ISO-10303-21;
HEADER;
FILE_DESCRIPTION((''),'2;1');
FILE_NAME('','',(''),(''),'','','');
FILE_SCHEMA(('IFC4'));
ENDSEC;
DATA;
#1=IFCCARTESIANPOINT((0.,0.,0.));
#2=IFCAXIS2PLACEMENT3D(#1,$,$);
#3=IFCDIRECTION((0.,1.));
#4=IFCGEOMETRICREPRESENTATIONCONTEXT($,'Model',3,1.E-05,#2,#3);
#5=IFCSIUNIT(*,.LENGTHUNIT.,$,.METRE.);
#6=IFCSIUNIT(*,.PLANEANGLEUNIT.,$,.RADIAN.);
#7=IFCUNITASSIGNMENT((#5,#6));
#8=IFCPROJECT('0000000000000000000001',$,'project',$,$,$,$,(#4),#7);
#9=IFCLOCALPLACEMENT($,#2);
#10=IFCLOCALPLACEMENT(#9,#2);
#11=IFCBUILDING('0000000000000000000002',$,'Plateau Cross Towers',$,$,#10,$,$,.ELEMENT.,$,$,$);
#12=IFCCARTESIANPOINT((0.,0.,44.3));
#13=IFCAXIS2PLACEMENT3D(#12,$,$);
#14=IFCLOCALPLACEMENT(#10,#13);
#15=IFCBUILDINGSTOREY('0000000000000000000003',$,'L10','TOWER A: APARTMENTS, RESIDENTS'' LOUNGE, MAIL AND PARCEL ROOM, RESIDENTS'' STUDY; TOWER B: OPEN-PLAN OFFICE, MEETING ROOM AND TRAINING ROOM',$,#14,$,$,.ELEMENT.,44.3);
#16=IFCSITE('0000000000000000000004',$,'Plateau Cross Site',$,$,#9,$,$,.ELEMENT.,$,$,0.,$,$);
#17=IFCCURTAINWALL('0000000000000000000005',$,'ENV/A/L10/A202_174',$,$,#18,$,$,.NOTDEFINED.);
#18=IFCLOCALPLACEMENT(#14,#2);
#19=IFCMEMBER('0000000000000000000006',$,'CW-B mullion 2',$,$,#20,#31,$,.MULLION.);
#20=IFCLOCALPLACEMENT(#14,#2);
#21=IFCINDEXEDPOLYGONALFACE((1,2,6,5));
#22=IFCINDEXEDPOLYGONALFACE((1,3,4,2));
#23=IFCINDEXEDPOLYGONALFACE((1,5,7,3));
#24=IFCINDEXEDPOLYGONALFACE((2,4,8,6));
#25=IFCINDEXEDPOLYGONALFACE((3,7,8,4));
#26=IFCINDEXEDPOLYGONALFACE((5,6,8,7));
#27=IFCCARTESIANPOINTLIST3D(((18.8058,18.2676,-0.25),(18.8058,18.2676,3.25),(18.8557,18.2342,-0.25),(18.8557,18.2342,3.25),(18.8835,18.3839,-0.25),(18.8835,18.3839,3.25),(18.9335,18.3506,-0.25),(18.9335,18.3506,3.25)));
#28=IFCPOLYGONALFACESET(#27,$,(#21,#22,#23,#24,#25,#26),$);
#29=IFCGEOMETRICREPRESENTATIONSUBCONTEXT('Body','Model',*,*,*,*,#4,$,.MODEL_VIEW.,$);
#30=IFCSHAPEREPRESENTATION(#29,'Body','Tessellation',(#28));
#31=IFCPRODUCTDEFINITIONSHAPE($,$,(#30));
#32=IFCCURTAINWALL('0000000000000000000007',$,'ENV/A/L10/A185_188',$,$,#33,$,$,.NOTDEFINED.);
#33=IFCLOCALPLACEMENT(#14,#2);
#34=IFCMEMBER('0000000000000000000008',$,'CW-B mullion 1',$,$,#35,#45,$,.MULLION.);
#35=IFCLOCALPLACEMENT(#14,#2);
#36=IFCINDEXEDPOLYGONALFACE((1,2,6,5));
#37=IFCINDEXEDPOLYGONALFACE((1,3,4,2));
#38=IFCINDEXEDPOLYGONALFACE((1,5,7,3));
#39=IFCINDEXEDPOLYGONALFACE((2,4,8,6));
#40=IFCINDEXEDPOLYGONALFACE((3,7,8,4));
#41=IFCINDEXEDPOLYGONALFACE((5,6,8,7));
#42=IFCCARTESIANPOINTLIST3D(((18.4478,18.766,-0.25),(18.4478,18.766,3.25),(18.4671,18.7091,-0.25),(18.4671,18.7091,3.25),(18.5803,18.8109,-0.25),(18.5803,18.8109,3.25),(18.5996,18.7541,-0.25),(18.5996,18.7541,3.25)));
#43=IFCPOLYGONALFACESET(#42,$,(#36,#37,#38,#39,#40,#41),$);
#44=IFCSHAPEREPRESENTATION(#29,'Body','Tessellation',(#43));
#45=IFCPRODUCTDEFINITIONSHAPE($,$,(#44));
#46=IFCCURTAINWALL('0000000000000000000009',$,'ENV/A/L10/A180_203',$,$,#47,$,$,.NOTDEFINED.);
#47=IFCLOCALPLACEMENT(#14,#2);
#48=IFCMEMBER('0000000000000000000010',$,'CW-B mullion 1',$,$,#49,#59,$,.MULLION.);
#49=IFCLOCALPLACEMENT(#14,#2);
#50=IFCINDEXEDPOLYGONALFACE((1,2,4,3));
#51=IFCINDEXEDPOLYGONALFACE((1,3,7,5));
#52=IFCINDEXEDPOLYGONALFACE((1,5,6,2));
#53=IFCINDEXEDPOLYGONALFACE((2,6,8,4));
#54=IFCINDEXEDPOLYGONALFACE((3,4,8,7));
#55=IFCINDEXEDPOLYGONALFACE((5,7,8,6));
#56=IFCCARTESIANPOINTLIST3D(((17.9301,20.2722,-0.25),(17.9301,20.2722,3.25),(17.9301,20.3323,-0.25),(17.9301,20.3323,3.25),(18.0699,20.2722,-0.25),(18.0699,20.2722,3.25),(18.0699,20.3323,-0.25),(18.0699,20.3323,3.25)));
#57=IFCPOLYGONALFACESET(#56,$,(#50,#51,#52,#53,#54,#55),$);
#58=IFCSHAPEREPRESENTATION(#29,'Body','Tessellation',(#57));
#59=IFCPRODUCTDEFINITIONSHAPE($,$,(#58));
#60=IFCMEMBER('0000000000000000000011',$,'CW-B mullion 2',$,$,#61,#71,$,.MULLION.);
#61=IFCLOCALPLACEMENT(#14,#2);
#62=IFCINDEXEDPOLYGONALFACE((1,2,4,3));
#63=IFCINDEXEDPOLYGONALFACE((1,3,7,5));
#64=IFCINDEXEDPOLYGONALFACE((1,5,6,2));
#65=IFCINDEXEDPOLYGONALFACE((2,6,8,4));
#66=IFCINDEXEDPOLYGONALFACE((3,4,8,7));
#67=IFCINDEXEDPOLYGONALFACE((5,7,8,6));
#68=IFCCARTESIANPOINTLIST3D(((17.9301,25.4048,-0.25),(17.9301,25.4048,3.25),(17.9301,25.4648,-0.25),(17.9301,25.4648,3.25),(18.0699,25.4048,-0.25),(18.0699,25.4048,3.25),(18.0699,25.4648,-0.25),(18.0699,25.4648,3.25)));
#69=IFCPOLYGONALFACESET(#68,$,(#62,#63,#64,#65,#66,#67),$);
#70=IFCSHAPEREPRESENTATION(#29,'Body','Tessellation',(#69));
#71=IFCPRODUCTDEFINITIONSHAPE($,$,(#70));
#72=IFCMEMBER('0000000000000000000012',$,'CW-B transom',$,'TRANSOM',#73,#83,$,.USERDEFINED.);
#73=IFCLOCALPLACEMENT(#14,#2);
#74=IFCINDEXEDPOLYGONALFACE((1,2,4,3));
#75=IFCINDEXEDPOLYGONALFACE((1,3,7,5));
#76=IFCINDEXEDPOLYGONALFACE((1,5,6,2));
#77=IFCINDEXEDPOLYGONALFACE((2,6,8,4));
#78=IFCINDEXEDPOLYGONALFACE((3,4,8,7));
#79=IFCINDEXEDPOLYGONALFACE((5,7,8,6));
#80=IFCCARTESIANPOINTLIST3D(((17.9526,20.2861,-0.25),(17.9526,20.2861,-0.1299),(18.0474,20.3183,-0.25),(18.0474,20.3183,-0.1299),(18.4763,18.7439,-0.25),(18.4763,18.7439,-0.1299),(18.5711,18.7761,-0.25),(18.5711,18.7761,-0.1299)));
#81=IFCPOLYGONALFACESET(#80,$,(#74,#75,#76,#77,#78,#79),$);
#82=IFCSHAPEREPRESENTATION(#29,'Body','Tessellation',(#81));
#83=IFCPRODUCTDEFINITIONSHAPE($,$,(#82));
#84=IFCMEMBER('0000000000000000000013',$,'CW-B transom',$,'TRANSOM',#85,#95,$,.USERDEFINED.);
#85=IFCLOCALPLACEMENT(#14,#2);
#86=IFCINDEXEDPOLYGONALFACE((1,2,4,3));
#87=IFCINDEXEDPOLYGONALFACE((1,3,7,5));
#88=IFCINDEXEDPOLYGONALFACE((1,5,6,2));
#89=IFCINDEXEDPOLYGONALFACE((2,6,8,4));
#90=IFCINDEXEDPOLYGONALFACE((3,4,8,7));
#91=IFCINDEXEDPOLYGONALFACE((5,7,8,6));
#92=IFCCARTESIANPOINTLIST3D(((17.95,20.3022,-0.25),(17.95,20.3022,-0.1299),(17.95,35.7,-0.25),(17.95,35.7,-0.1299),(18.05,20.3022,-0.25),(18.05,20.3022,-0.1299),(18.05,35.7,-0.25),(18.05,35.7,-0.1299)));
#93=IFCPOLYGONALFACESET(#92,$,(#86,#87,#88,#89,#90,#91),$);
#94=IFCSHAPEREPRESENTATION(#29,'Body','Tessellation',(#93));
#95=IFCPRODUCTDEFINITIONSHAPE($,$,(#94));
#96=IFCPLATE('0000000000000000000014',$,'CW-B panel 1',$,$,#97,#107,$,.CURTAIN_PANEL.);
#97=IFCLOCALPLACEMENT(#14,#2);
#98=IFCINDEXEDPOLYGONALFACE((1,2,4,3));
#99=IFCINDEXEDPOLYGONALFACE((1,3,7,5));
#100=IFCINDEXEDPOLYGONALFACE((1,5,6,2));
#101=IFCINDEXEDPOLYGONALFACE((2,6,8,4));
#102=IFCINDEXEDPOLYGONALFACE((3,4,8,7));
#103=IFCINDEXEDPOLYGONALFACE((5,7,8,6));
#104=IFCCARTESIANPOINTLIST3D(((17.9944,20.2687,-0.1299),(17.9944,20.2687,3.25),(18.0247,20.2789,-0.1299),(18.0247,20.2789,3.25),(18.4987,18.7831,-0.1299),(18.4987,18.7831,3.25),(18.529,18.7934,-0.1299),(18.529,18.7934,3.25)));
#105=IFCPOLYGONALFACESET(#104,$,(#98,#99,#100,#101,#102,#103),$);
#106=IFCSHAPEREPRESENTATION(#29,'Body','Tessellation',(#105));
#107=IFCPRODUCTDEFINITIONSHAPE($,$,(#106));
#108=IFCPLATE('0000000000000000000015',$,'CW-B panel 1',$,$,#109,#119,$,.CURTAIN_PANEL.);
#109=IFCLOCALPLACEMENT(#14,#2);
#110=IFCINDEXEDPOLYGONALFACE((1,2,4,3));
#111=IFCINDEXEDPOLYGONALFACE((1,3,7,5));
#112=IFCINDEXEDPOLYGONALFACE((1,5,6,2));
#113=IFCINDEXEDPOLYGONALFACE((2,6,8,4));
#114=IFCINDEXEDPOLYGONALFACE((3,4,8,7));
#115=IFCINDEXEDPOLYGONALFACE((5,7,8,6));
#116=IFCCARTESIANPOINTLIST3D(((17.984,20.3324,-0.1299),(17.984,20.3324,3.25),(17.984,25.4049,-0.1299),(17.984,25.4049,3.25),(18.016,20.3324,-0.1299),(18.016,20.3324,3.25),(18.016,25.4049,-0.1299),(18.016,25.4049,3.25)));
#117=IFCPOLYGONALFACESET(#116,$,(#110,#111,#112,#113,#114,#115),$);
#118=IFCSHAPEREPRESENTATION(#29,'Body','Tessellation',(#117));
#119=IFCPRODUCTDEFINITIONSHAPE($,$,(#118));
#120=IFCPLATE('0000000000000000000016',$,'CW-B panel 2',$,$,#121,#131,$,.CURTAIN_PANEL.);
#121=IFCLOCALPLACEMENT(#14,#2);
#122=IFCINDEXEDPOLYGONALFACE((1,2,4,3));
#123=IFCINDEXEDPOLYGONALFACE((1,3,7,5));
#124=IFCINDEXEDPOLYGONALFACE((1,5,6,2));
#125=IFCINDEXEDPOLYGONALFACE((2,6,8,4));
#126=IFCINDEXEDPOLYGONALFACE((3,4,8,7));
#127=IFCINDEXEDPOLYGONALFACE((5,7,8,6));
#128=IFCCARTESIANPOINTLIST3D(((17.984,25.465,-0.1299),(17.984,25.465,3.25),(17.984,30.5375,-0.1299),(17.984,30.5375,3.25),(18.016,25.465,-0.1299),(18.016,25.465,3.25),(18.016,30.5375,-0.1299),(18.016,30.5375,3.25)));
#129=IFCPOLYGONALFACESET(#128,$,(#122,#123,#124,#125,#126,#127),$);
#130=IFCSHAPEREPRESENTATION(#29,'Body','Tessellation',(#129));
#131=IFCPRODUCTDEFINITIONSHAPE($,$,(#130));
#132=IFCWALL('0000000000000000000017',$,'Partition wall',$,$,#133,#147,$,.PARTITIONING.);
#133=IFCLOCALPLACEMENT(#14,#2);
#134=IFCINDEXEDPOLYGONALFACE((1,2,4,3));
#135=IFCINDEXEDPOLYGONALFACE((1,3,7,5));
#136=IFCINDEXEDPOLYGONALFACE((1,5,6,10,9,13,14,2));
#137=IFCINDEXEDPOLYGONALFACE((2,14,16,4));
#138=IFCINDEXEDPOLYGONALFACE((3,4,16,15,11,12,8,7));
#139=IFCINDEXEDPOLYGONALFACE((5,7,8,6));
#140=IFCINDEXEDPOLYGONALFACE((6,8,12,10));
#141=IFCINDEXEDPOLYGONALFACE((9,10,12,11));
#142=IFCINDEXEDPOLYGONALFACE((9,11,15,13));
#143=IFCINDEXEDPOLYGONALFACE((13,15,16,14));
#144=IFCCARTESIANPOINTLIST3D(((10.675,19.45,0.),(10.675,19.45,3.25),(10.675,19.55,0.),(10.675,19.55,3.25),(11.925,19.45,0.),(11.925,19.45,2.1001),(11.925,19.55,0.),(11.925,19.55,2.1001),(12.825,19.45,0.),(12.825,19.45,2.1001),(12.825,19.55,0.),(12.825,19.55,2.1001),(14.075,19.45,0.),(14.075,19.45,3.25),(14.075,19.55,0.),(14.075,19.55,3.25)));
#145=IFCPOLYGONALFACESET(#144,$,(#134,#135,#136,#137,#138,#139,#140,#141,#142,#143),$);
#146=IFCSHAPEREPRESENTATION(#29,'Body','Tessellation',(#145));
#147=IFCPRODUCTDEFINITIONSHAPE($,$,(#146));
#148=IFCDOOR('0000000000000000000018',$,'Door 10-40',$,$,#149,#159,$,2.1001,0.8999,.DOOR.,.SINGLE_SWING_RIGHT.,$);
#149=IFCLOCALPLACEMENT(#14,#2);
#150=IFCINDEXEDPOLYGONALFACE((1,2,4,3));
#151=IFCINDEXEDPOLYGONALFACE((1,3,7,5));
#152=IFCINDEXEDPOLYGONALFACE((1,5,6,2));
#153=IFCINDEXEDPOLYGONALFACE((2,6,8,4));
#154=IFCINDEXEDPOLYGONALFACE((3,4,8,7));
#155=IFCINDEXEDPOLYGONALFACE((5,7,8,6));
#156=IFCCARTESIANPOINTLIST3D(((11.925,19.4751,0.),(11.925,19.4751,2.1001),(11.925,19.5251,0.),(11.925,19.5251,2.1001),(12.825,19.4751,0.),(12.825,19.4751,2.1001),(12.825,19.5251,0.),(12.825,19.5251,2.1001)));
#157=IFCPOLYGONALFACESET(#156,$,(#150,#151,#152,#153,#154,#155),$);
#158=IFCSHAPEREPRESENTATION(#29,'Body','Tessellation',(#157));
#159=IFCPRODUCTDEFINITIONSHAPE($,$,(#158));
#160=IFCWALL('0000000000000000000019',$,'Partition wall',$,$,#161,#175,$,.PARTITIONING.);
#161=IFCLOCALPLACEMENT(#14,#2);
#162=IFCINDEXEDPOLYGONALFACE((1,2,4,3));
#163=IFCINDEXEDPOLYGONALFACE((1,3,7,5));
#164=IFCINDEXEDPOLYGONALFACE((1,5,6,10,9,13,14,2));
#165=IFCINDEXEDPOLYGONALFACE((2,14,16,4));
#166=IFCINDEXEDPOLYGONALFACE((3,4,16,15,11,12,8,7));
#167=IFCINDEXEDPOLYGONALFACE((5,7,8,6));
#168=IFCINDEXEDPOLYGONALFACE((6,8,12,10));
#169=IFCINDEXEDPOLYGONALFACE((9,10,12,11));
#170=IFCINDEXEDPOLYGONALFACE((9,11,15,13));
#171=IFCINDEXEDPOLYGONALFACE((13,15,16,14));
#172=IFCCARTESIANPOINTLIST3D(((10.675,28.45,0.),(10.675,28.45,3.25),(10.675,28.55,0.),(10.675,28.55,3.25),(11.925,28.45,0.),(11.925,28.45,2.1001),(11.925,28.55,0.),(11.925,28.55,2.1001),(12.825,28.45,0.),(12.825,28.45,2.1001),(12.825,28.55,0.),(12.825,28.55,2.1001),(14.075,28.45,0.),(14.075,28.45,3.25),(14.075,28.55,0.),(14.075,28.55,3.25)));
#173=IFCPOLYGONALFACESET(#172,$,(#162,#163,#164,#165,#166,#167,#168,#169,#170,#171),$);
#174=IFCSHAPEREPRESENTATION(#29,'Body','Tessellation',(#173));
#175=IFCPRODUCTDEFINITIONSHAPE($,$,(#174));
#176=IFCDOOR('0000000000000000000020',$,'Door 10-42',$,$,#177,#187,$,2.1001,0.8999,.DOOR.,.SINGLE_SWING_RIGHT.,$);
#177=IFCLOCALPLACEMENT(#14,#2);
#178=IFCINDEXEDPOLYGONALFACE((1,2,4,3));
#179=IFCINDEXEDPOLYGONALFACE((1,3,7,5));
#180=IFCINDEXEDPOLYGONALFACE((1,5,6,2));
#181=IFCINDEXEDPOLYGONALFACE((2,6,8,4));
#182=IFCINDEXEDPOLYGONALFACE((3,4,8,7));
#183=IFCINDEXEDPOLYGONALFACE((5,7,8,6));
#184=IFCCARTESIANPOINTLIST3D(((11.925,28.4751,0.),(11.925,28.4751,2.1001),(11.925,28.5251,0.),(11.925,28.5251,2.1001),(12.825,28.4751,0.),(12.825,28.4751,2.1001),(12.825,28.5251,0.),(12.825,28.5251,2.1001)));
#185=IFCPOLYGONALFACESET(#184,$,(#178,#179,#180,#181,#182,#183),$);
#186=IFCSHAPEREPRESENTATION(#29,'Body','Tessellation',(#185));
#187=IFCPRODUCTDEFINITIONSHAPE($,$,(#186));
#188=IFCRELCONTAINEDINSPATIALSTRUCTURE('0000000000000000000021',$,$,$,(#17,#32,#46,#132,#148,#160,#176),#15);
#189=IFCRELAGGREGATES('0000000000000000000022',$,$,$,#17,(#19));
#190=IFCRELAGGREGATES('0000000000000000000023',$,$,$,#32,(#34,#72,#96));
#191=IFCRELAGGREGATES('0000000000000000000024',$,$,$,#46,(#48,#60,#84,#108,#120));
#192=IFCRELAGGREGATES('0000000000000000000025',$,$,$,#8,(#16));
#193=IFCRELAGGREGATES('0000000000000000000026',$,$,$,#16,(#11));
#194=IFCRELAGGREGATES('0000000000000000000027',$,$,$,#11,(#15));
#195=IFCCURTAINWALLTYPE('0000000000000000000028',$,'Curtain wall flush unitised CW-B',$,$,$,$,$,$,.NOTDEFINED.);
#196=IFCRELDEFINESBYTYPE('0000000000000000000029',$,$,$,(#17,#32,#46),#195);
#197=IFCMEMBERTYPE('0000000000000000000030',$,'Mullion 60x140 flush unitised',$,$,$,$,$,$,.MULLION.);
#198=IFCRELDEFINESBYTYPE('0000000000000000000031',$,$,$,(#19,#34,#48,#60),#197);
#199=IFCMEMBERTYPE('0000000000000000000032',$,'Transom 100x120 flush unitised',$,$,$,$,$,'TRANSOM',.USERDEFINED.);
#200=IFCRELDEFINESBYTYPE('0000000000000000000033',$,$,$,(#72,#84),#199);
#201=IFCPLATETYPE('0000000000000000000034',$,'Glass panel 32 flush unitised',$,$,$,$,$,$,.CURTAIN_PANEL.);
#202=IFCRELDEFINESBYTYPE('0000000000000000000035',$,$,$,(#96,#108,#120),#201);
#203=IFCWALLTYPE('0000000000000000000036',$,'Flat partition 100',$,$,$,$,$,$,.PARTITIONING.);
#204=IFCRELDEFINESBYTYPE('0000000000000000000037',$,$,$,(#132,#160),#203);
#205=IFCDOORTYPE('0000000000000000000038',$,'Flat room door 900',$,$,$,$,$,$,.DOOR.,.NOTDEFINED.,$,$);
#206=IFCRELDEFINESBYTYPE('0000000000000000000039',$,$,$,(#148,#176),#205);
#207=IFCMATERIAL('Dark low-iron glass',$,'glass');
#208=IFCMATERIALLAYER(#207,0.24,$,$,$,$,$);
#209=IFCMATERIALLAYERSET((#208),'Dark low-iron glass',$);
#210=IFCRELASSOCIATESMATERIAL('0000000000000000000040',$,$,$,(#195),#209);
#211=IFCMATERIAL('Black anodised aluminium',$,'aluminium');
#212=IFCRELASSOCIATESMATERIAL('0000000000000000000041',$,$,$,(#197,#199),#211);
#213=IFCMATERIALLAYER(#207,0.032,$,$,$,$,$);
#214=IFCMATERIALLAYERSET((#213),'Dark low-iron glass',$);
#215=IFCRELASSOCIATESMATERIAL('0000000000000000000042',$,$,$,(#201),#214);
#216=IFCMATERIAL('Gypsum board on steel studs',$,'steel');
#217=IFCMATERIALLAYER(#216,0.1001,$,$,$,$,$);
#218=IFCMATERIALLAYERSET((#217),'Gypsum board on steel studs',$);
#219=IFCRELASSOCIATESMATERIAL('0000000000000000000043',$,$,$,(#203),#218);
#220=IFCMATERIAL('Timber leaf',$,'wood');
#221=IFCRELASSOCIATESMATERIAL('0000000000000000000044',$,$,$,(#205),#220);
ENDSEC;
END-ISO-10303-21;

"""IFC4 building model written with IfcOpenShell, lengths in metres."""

from ifc_helpers import new_model, si_unit, direction, frame, frame_2d, origin, origin_2d, place, context, subcontext, project, spatial, rectangle, extrude, material, layer, layer_set, material_profile, profile_set, type_object, element, fill, aggregate, save


model = new_model("IFC4")

# Units and contexts
model_context = context("Model", 3, precision=1e-05, world=origin(), true_north=direction((0.0, 1.0)))
body_context = subcontext(model_context, "Body", "Model", "MODEL_VIEW")
ifc_project = project(units=[si_unit("LENGTHUNIT", "METRE"), si_unit("PLANEANGLEUNIT", "RADIAN")], contexts=[model_context])

# Site, building, storey
site_placement = place(None, origin())
site = spatial("IfcSite", under=ifc_project, at=site_placement, Name="Plateau Cross Site", CompositionType="ELEMENT", RefElevation=0.0)
building_placement = place(site_placement, origin())
building = spatial("IfcBuilding", under=site, at=building_placement, Name="Plateau Cross Towers", CompositionType="ELEMENT")
storey_placement = place(building_placement, frame((0.0, 0.0, 44.3)))
storey = spatial("IfcBuildingStorey", under=building, at=storey_placement, Name="L10", Description="TOWER A: APARTMENTS, RESIDENTS' LOUNGE, MAIL AND PARCEL ROOM, RESIDENTS' STUDY; TOWER B: OPEN-PLAN OFFICE, MEETING ROOM AND TRAINING ROOM", CompositionType="ELEMENT", Elevation=44.3)

# Curtain walls, members
ifc_material_1 = material(Name="Dark low-iron glass", Category="glass")
ifc_layer_1 = layer(ifc_material_1, 0.24)
ifc_layer_set_1 = layer_set([ifc_layer_1], Name="Dark low-iron glass")
curtain_wall_type = type_object("IfcCurtainWallType", Name="Curtain wall flush unitised CW-B", PredefinedType="NOTDEFINED", material=ifc_layer_set_1)
curtain_wall_1_placement = place(storey_placement, origin())
curtain_wall_1 = element("IfcCurtainWall", 1, at=curtain_wall_1_placement, inside=storey, type_object=curtain_wall_type, Name="ENV/A/L10/A202_174", PredefinedType="NOTDEFINED")
ifc_material_2 = material(Name="Black anodised aluminium", Category="aluminium")
ifc_material_profile_1 = material_profile(ifc_material_2, rectangle(XDim=0.0601, YDim=0.1399, at=origin_2d()), Name="MULLION 60x140")
ifc_profile_set_1 = profile_set([ifc_material_profile_1], Name="Black anodised aluminium")
member_type_1 = type_object("IfcMemberType", Name="Mullion 60x140 flush unitised", PredefinedType="MULLION", material=ifc_profile_set_1)
member_1_placement = place(storey_placement, frame((18.8696, 18.3091, -0.25), z_axis=(0.0, 0.0, 1.0), x_axis=(-0.831521, 0.555493, 0.0)))
member_1 = element("IfcMember", 2, at=member_1_placement, type_object=member_type_1, Name="CW-B mullion 2", PredefinedType="MULLION", context=body_context, shape_type="SweptSolid", body=[
    extrude(rectangle(XDim=0.0601, YDim=0.1399, at=origin_2d()), origin(), (0.0, 0.0, 1.0), 3.5),
])
aggregate(curtain_wall_1, [member_1])
curtain_wall_2_placement = place(storey_placement, origin())
curtain_wall_2 = element("IfcCurtainWall", 3, at=curtain_wall_2_placement, inside=storey, type_object=curtain_wall_type, Name="ENV/A/L10/A185_188", PredefinedType="NOTDEFINED")
member_2_placement = place(storey_placement, frame((18.5237, 18.76, -0.25), z_axis=(0.0, 0.0, 1.0), x_axis=(-0.321469, 0.94692, 0.0)))
member_2 = element("IfcMember", 4, at=member_2_placement, type_object=member_type_1, Name="CW-B mullion 1", PredefinedType="MULLION", context=body_context, shape_type="SweptSolid", body=[
    extrude(rectangle(XDim=0.0601, YDim=0.1399, at=origin_2d()), origin(), (0.0, 0.0, 1.0), 3.5),
])

# Curtain wall, members
curtain_wall_3_placement = place(storey_placement, origin())
curtain_wall_3 = element("IfcCurtainWall", 5, at=curtain_wall_3_placement, inside=storey, type_object=curtain_wall_type, Name="ENV/A/L10/A180_203", PredefinedType="NOTDEFINED")
member_3_placement = place(storey_placement, frame((18.0, 20.3022, -0.25), z_axis=(0.0, 0.0, 1.0), x_axis=(0.0, 1.0, 0.0)))
member_3 = element("IfcMember", 6, at=member_3_placement, type_object=member_type_1, Name="CW-B mullion 1", PredefinedType="MULLION", context=body_context, shape_type="SweptSolid", body=[
    extrude(rectangle(XDim=0.0601, YDim=0.1399, at=origin_2d()), origin(), (0.0, 0.0, 1.0), 3.5),
])
member_4_placement = place(storey_placement, frame((18.0, 25.4348, -0.25), z_axis=(0.0, 0.0, 1.0), x_axis=(0.0, 1.0, 0.0)))
member_4 = element("IfcMember", 7, at=member_4_placement, type_object=member_type_1, Name="CW-B mullion 2", PredefinedType="MULLION", context=body_context, shape_type="SweptSolid", body=[
    extrude(rectangle(XDim=0.0601, YDim=0.1399, at=origin_2d()), origin(), (0.0, 0.0, 1.0), 3.5),
])

# Members
ifc_material_profile_2 = material_profile(ifc_material_2, rectangle(XDim=0.1001, YDim=0.1201, at=origin_2d()), Name="TRANSOM 100x120")
ifc_profile_set_2 = profile_set([ifc_material_profile_2], Name="Black anodised aluminium")
member_type_2 = type_object("IfcMemberType", Name="Transom 100x120 flush unitised", ElementType="TRANSOM", PredefinedType="USERDEFINED", material=ifc_profile_set_2)
member_5_placement = place(storey_placement, frame((18.5237, 18.76, -0.1899), z_axis=(-0.321529, 0.9469, 0.0), x_axis=(-0.9469, -0.321529, 0.0)))
member_5 = element("IfcMember", 8, at=member_5_placement, type_object=member_type_2, Name="CW-B transom", ObjectType="TRANSOM", PredefinedType="USERDEFINED", context=body_context, shape_type="SweptSolid", body=[
    extrude(rectangle(XDim=0.1001, YDim=0.1201, at=origin_2d()), origin(), (0.0, 0.0, 1.0), 1.6287),
])
member_6_placement = place(storey_placement, frame((18.0, 20.3022, -0.1899), z_axis=(0.0, 1.0, 0.0), x_axis=(-1.0, 0.0, 0.0)))
member_6 = element("IfcMember", 9, at=member_6_placement, type_object=member_type_2, Name="CW-B transom", ObjectType="TRANSOM", PredefinedType="USERDEFINED", context=body_context, shape_type="SweptSolid", body=[
    extrude(rectangle(XDim=0.1001, YDim=0.1201, at=origin_2d()), origin(), (0.0, 0.0, 1.0), 15.3977),
])

# Plates
ifc_layer_2 = layer(ifc_material_1, 0.032)
ifc_layer_set_2 = layer_set([ifc_layer_2], Name="Dark low-iron glass")
plate_type = type_object("IfcPlateType", Name="Glass panel 32 flush unitised", PredefinedType="CURTAIN_PANEL", material=ifc_layer_set_2)
plate_1_placement = place(storey_placement, frame((18.2617, 19.531, -0.1299), z_axis=(0.0, 0.0, 1.0), x_axis=(-0.321469, 0.94692, 0.0)))
plate_1 = element("IfcPlate", 10, at=plate_1_placement, type_object=plate_type, Name="CW-B panel 1", PredefinedType="CURTAIN_PANEL", context=body_context, shape_type="SweptSolid", body=[
    extrude(rectangle(XDim=1.5688, YDim=0.032, at=origin_2d()), origin(), (0.0, 0.0, 1.0), 3.3799),
])
aggregate(curtain_wall_2, [member_2, member_5, plate_1])
plate_2_placement = place(storey_placement, frame((18.0, 22.8687, -0.1299), z_axis=(0.0, 0.0, 1.0), x_axis=(0.0, 1.0, 0.0)))
plate_2 = element("IfcPlate", 11, at=plate_2_placement, type_object=plate_type, Name="CW-B panel 1", PredefinedType="CURTAIN_PANEL", context=body_context, shape_type="SweptSolid", body=[
    extrude(rectangle(XDim=5.0725, YDim=0.032, at=origin_2d()), origin(), (0.0, 0.0, 1.0), 3.3799),
])
plate_3_placement = place(storey_placement, frame((18.0, 28.0012, -0.1299), z_axis=(0.0, 0.0, 1.0), x_axis=(0.0, 1.0, 0.0)))
plate_3 = element("IfcPlate", 12, at=plate_3_placement, type_object=plate_type, Name="CW-B panel 2", PredefinedType="CURTAIN_PANEL", context=body_context, shape_type="SweptSolid", body=[
    extrude(rectangle(XDim=5.0725, YDim=0.032, at=origin_2d()), origin(), (0.0, 0.0, 1.0), 3.3799),
])
aggregate(curtain_wall_3, [member_3, member_4, member_6, plate_2, plate_3])

# Walls, openings, doors
ifc_material_3 = material(Name="Gypsum board on steel studs", Category="steel")
ifc_layer_3 = layer(ifc_material_3, 0.1001)
ifc_layer_set_3 = layer_set([ifc_layer_3], Name="Gypsum board on steel studs")
wall_type_1 = type_object("IfcWallType", Name="Flat partition 100", PredefinedType="PARTITIONING", material=ifc_layer_set_3)
wall_1_placement = place(storey_placement, frame((14.075, 19.5, 0.0), z_axis=(0.0, 0.0, 1.0), x_axis=(-1.0, 0.0, 0.0)))
wall_1 = element("IfcWall", 13, at=wall_1_placement, inside=storey, type_object=wall_type_1, Name="Partition wall", PredefinedType="PARTITIONING", context=body_context, shape_type="SweptSolid", body=[
    extrude(rectangle(XDim=3.3999, YDim=0.1001, at=frame_2d((1.7, 0.0))), origin(), (0.0, 0.0, 1.0), 3.25),
])
opening_1_placement = place(wall_1_placement, frame((1.25, 0.0, 0.0)))
opening_1 = element("IfcOpeningElement", 14, at=opening_1_placement, cuts=wall_1, PredefinedType="OPENING", context=body_context, shape_type="SweptSolid", body=[
    extrude(rectangle(XDim=0.8999, YDim=2.1001, at=frame_2d((0.45, 1.05))), frame((0.0, 0.0601, 0.0), z_axis=(0.0, -1.0, 0.0), x_axis=(1.0, 0.0, 0.0)), (0.0, 0.0, 1.0), 0.1201),
])
ifc_material_4 = material(Name="Timber leaf", Category="wood")
door_type = type_object("IfcDoorType", Name="Flat room door 900", OperationType="NOTDEFINED", PredefinedType="DOOR", material=ifc_material_4)
door_1_placement = place(opening_1_placement, origin())
door_1 = element("IfcDoor", 15, at=door_1_placement, inside=storey, type_object=door_type, Name="Door 10-40", OperationType="SINGLE_SWING_RIGHT", OverallHeight=2.1001, OverallWidth=0.8999, PredefinedType="DOOR", context=body_context, shape_type="SweptSolid", body=[
    extrude(rectangle(XDim=0.8999, YDim=2.1001, at=frame_2d((0.45, 1.05))), frame((0.0, 0.0249, 0.0), z_axis=(0.0, -1.0, 0.0), x_axis=(1.0, 0.0, 0.0)), (0.0, 0.0, 1.0), 0.05),
])
fill(opening_1, door_1)
wall_2_placement = place(storey_placement, frame((14.075, 28.5, 0.0), z_axis=(0.0, 0.0, 1.0), x_axis=(-1.0, 0.0, 0.0)))
wall_2 = element("IfcWall", 16, at=wall_2_placement, inside=storey, type_object=wall_type_1, Name="Partition wall", PredefinedType="PARTITIONING", context=body_context, shape_type="SweptSolid", body=[
    extrude(rectangle(XDim=3.3999, YDim=0.1001, at=frame_2d((1.7, 0.0))), origin(), (0.0, 0.0, 1.0), 3.25),
])
opening_2_placement = place(wall_2_placement, frame((1.25, 0.0, 0.0)))
opening_2 = element("IfcOpeningElement", 17, at=opening_2_placement, cuts=wall_2, PredefinedType="OPENING", context=body_context, shape_type="SweptSolid", body=[
    extrude(rectangle(XDim=0.8999, YDim=2.1001, at=frame_2d((0.45, 1.05))), frame((0.0, 0.0601, 0.0), z_axis=(0.0, -1.0, 0.0), x_axis=(1.0, 0.0, 0.0)), (0.0, 0.0, 1.0), 0.1201),
])
door_2_placement = place(opening_2_placement, origin())
door_2 = element("IfcDoor", 18, at=door_2_placement, inside=storey, type_object=door_type, Name="Door 10-42", OperationType="SINGLE_SWING_RIGHT", OverallHeight=2.1001, OverallWidth=0.8999, PredefinedType="DOOR", context=body_context, shape_type="SweptSolid", body=[
    extrude(rectangle(XDim=0.8999, YDim=2.1001, at=frame_2d((0.45, 1.05))), frame((0.0, 0.0249, 0.0), z_axis=(0.0, -1.0, 0.0), x_axis=(1.0, 0.0, 0.0)), (0.0, 0.0, 1.0), 0.05),
])
fill(opening_2, door_2)

save(model, "model.ifc")
